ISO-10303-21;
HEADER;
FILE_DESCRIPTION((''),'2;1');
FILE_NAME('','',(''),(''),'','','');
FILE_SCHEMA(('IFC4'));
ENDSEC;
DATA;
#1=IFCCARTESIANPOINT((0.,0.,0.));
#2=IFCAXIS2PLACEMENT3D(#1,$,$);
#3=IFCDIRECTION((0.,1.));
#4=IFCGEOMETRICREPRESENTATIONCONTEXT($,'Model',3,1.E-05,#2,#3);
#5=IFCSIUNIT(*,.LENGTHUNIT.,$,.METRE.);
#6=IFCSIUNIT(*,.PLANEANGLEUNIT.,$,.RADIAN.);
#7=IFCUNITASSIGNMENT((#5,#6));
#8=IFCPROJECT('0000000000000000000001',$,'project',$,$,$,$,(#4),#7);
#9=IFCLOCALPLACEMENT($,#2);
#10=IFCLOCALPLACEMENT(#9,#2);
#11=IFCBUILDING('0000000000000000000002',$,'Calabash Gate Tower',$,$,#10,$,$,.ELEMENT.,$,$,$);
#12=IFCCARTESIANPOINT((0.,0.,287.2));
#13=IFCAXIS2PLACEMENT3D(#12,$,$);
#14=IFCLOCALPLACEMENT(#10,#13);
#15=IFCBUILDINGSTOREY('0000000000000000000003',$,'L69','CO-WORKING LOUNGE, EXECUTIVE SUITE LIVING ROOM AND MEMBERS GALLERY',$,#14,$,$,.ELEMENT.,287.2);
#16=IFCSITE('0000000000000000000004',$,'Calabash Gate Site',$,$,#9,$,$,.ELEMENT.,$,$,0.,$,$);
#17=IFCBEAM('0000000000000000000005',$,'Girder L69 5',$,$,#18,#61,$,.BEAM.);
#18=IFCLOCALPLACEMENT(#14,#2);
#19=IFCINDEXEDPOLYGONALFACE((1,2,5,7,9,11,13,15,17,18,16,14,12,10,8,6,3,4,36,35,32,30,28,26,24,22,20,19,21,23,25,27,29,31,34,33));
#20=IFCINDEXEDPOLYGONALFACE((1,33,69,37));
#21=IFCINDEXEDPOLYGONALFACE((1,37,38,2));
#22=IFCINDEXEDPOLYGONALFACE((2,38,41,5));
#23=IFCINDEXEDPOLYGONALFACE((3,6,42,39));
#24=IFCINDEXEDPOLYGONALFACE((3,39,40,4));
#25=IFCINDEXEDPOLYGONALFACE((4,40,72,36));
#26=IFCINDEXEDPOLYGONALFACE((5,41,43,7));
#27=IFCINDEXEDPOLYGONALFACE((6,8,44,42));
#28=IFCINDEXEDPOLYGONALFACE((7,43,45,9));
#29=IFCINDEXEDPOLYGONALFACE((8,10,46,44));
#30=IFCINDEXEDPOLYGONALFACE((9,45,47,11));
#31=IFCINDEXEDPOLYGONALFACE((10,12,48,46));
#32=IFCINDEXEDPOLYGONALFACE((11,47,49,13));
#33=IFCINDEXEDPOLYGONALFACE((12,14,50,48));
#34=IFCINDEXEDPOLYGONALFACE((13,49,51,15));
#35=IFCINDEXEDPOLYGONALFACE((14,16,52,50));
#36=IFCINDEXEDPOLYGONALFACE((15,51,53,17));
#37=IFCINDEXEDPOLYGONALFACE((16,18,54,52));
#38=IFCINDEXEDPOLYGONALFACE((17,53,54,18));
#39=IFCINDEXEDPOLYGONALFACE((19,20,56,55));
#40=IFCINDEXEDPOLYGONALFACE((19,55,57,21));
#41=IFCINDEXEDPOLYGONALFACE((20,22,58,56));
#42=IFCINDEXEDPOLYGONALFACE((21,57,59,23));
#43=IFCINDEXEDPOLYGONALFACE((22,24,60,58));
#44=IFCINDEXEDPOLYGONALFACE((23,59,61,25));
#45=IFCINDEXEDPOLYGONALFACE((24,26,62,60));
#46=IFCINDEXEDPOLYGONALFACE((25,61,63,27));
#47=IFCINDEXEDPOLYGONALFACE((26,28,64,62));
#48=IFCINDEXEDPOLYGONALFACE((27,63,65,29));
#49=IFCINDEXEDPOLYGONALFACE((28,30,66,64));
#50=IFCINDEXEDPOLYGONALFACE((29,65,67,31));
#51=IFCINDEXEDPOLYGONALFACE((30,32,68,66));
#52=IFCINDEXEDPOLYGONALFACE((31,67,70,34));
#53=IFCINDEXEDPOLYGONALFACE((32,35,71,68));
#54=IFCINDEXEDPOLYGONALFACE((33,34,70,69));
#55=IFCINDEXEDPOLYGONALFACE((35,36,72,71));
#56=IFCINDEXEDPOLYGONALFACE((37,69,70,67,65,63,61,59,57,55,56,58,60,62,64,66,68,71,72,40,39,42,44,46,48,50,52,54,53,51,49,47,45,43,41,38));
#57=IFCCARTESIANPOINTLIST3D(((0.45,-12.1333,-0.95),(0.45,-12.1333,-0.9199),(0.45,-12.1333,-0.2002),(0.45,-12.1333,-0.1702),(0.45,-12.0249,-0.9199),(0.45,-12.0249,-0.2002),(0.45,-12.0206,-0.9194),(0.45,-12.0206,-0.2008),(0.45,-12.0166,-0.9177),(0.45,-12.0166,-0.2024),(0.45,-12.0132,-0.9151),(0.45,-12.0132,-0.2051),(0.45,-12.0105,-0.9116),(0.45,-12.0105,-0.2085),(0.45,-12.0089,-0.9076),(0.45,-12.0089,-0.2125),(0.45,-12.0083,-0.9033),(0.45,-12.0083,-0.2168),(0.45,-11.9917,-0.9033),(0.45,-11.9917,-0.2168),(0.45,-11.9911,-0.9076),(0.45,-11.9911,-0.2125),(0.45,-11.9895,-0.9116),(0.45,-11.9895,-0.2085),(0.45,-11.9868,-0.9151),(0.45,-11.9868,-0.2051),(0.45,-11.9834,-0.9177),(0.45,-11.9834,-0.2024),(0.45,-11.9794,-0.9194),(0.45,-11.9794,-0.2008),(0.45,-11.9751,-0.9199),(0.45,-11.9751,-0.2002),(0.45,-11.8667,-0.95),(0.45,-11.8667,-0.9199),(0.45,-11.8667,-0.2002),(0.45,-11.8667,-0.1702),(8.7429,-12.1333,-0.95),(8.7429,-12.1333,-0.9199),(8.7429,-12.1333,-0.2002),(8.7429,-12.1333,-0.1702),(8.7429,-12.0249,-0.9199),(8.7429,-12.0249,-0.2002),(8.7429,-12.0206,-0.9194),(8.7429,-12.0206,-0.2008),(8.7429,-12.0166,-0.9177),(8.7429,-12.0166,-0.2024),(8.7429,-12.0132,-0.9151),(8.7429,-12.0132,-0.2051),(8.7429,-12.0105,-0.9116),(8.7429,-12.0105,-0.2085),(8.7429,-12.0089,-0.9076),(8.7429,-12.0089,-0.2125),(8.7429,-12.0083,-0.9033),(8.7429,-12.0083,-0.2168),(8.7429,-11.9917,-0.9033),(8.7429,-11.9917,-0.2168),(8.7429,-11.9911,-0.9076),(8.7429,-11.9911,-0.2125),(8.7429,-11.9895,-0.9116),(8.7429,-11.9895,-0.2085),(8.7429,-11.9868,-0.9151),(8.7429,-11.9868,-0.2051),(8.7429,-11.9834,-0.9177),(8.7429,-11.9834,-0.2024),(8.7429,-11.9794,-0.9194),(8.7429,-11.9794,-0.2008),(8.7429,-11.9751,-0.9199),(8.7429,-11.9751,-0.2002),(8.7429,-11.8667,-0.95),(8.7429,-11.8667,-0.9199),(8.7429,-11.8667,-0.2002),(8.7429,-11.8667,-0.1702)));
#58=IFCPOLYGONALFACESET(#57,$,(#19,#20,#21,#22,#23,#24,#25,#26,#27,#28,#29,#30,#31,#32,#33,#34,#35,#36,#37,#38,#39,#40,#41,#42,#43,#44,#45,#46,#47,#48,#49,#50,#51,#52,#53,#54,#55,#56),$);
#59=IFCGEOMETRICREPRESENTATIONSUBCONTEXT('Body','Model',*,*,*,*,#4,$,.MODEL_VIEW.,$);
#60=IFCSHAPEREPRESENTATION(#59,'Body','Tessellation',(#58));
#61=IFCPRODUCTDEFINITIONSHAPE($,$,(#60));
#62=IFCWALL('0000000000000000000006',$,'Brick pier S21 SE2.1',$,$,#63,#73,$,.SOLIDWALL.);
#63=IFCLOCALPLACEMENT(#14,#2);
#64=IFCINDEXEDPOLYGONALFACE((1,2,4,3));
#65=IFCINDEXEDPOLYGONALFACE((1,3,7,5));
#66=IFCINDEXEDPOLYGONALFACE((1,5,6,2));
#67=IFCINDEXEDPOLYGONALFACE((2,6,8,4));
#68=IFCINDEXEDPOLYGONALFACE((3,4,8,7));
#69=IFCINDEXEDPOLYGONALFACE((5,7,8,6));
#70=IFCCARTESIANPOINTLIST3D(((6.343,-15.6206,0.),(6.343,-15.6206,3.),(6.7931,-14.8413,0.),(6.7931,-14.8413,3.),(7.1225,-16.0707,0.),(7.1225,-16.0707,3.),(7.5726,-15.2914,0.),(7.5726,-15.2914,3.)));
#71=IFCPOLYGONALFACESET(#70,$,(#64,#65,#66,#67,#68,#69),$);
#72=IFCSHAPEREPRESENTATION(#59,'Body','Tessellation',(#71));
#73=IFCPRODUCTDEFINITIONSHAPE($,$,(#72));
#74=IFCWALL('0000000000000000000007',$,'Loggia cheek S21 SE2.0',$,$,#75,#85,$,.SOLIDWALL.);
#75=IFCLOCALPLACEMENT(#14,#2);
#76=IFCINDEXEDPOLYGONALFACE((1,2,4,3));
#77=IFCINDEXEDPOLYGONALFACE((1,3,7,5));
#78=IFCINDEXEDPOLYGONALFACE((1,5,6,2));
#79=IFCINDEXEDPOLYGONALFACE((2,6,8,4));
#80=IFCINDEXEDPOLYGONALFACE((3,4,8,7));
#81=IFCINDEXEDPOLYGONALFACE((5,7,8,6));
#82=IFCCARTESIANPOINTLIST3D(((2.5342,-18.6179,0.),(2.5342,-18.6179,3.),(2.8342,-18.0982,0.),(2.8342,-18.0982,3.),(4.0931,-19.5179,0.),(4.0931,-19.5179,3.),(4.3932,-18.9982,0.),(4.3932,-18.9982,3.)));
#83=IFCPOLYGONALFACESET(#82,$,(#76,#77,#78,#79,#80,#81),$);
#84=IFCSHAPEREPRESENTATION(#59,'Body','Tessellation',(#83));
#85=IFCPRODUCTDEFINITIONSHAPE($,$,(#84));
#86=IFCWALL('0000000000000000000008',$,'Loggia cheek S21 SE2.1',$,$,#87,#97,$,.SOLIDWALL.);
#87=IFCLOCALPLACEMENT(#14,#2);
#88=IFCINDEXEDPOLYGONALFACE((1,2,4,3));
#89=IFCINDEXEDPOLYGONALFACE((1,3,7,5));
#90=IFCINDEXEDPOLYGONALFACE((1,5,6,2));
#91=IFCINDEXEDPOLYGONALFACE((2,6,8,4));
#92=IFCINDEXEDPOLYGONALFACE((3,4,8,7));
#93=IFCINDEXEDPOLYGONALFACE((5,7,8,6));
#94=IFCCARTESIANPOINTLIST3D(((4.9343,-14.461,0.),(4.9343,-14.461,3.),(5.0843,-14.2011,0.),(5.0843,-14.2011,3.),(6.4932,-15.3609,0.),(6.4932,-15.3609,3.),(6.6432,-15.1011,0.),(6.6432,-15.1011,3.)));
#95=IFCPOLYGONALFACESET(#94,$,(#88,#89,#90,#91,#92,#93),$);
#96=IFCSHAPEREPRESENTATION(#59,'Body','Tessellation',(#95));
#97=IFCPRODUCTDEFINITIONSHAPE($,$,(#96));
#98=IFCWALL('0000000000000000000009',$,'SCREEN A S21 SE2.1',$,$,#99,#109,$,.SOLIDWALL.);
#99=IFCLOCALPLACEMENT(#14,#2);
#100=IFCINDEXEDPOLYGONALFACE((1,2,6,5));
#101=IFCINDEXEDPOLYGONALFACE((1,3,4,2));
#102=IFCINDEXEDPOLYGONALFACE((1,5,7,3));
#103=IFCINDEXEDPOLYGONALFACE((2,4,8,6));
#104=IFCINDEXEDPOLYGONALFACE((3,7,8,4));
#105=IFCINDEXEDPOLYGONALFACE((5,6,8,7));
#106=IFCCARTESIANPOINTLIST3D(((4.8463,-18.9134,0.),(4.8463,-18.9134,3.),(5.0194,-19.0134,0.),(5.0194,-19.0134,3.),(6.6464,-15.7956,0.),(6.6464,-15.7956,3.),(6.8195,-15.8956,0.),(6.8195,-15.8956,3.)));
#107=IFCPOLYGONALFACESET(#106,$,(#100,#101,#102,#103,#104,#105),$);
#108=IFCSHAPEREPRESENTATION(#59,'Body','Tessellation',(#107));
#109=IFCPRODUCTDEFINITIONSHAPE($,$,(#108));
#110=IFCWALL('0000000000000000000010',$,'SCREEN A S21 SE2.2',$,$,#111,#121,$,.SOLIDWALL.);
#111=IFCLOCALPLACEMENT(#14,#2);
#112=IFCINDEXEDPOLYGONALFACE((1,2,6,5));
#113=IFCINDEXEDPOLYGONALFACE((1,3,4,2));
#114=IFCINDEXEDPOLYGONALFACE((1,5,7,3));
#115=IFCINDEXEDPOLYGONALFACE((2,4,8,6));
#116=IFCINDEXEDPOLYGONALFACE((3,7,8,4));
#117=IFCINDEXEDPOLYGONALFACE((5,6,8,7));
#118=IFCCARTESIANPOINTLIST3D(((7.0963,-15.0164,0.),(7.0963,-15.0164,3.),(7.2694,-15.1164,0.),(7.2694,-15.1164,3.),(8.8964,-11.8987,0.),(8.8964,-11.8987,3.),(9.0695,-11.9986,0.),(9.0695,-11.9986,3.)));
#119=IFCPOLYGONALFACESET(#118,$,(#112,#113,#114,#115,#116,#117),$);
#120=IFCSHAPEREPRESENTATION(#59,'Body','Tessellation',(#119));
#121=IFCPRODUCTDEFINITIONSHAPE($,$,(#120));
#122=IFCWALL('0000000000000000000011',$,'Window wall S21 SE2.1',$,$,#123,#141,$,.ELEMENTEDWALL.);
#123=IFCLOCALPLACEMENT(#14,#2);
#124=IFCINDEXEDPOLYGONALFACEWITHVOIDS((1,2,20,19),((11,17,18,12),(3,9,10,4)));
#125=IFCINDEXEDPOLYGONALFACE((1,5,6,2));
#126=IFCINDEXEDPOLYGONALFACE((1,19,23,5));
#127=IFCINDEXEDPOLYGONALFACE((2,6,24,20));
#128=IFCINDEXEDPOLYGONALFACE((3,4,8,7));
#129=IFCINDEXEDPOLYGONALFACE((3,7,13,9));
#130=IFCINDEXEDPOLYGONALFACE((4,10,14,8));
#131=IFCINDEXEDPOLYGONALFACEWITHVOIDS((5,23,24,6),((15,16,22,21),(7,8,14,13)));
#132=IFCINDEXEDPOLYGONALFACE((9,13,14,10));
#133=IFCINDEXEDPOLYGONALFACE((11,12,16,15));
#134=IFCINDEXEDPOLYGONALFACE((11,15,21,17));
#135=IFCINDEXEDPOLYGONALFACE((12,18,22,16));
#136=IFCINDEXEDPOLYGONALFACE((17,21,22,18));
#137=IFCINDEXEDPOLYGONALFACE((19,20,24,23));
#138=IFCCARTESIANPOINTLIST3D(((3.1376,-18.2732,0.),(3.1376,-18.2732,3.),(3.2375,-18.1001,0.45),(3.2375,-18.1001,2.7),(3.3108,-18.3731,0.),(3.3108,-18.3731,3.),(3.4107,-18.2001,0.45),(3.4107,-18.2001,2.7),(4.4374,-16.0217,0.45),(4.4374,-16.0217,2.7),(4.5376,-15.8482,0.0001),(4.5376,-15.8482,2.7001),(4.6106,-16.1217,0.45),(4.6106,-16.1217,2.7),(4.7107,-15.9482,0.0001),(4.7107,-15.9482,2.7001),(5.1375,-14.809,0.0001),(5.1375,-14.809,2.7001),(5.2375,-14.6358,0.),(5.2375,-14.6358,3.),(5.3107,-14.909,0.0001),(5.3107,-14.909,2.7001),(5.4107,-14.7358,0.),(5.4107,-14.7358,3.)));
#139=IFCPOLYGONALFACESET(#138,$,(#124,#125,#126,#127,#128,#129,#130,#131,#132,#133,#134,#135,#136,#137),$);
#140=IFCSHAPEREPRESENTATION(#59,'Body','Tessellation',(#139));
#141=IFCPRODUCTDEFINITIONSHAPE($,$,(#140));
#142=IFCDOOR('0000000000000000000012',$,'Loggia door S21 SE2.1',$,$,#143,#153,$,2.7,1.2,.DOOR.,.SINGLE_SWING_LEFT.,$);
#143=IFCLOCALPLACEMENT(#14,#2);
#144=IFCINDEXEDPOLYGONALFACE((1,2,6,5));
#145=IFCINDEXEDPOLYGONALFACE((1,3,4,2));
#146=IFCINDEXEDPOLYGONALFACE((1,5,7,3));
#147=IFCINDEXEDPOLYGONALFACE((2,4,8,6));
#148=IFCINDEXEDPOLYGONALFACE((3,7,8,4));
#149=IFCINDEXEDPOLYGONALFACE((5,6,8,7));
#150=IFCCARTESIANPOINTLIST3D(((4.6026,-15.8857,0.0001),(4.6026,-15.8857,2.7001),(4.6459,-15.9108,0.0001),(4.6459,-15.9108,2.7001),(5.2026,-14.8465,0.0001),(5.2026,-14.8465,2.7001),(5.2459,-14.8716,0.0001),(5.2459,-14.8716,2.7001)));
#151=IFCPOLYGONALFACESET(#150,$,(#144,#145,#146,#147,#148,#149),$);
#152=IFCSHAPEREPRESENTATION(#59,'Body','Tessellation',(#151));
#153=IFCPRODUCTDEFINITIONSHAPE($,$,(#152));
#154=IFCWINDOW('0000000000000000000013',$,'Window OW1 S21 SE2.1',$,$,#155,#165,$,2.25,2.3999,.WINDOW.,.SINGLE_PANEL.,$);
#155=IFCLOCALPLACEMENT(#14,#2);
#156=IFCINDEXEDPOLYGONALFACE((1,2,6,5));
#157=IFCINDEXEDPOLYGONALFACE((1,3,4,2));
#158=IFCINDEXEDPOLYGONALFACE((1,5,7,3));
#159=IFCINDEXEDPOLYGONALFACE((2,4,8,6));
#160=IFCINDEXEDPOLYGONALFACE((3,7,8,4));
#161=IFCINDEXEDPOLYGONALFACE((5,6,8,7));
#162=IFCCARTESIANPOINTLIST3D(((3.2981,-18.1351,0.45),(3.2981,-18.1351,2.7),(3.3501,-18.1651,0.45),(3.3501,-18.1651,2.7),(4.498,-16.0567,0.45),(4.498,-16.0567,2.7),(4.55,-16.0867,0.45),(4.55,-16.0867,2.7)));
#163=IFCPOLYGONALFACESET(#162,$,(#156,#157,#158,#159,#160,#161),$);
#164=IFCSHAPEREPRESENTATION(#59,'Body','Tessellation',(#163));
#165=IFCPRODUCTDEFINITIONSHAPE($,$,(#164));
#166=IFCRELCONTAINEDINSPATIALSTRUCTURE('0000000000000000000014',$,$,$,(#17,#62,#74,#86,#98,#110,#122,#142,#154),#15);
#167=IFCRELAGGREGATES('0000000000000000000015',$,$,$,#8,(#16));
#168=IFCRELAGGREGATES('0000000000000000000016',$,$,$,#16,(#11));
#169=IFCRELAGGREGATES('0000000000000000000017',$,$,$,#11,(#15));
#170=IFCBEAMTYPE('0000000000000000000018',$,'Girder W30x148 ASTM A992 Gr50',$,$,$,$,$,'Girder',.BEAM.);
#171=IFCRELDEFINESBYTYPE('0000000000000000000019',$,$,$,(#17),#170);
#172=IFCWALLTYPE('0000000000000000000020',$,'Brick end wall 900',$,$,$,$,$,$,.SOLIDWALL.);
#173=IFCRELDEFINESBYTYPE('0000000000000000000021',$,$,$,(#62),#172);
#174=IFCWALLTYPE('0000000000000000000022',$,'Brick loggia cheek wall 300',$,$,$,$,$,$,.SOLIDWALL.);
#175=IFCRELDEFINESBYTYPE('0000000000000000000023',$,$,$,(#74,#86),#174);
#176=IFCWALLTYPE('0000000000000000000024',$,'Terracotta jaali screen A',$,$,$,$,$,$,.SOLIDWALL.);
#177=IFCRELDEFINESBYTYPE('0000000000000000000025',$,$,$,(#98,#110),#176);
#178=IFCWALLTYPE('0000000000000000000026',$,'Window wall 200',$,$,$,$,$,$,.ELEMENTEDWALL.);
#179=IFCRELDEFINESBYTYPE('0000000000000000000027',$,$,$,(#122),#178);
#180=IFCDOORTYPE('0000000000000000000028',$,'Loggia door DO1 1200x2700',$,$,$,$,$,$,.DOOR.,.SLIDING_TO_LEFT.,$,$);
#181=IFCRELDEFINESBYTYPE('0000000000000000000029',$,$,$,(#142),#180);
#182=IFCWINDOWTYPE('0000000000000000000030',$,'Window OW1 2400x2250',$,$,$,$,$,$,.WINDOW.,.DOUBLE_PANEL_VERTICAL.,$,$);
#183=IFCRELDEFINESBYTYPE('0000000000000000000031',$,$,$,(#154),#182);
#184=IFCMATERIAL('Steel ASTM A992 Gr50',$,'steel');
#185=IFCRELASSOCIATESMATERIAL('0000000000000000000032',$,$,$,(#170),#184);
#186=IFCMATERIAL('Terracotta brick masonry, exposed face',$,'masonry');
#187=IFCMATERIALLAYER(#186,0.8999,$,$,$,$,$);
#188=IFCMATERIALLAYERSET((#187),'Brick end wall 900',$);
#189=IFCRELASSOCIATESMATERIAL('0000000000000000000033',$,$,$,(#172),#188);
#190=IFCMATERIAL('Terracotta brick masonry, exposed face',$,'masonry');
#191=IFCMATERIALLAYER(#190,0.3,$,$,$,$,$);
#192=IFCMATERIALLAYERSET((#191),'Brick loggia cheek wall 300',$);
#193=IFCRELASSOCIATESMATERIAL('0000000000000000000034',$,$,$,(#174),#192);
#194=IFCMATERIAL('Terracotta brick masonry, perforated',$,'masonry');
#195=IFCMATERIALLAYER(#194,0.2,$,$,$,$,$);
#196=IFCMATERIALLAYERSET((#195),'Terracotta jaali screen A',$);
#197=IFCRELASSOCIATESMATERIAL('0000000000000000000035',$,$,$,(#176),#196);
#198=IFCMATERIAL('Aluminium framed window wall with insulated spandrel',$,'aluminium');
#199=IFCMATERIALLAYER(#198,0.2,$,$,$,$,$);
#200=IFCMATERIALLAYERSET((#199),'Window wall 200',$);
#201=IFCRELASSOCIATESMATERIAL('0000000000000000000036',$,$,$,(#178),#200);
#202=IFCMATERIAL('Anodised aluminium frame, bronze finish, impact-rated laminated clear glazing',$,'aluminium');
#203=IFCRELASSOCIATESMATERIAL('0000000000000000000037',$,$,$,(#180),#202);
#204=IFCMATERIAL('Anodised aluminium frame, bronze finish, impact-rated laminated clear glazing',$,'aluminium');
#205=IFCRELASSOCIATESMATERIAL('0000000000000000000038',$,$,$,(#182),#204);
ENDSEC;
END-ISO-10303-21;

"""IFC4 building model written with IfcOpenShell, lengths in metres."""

from ifc_helpers import new_model, si_unit, direction, frame, frame_2d, origin, origin_2d, place, context, subcontext, project, spatial, rectangle, i_section, extrude, material, layer, layer_set, material_profile, profile_set, type_object, element, fill, save


model = new_model("IFC4")

# Units and contexts
model_context = context("Model", 3, precision=1e-05, world=origin(), true_north=direction((0.0, 1.0)))
body_context = subcontext(model_context, "Body", "Model", "MODEL_VIEW")
ifc_project = project(units=[si_unit("LENGTHUNIT", "METRE"), si_unit("PLANEANGLEUNIT", "RADIAN")], contexts=[model_context])

# Site, building, storey
site_placement = place(None, origin())
site = spatial("IfcSite", under=ifc_project, at=site_placement, Name="Calabash Gate Site", CompositionType="ELEMENT", RefElevation=0.0)
building_placement = place(site_placement, origin())
building = spatial("IfcBuilding", under=site, at=building_placement, Name="Calabash Gate Tower", CompositionType="ELEMENT")
storey_placement = place(building_placement, frame((0.0, 0.0, 287.2)))
storey = spatial("IfcBuildingStorey", under=building, at=storey_placement, Name="L69", Description="CO-WORKING LOUNGE, EXECUTIVE SUITE LIVING ROOM AND MEMBERS GALLERY", CompositionType="ELEMENT", Elevation=287.2)

# Beam
ifc_material_1 = material(Name="Steel ASTM A992 Gr50", Category="steel")
ifc_material_profile_1 = material_profile(ifc_material_1, i_section(OverallWidth=0.2666, OverallDepth=0.7798, WebThickness=0.0166, FlangeThickness=0.03, FilletRadius=0.0166, at=origin_2d()))
ifc_profile_set_1 = profile_set([ifc_material_profile_1], Name="Steel ASTM A992 Gr50")
beam_type_1 = type_object("IfcBeamType", Name="Girder W30x148 ASTM A992 Gr50", ElementType="Girder", PredefinedType="BEAM", material=ifc_profile_set_1)
beam_1_placement = place(storey_placement, frame((0.45, -12.0, -0.5601), z_axis=(1.0, 0.0, 0.0), x_axis=(0.0, 1.0, 0.0)))
element("IfcBeam", 1, at=beam_1_placement, inside=storey, type_object=beam_type_1, Name="Girder L69 5", PredefinedType="BEAM", context=body_context, shape_type="SweptSolid", body=[
    extrude(i_section(OverallWidth=0.2666, OverallDepth=0.7798, WebThickness=0.0166, FlangeThickness=0.03, FilletRadius=0.0166, at=origin_2d()), origin(), (0.0, 0.0, 1.0), 8.293),
])

# Walls
ifc_material_2 = material(Name="Terracotta brick masonry, exposed face", Category="masonry")
ifc_layer_1 = layer(ifc_material_2, 0.8999)
ifc_layer_set_1 = layer_set([ifc_layer_1], Name="Brick end wall 900")
wall_type_1 = type_object("IfcWallType", Name="Brick end wall 900", PredefinedType="SOLIDWALL", material=ifc_layer_set_1)
wall_1_placement = place(storey_placement, frame((7.3477, -15.6812, 0.0), z_axis=(0.0, 0.0, 1.0), x_axis=(-0.865964, 0.500106, 0.0)))
element("IfcWall", 2, at=wall_1_placement, inside=storey, type_object=wall_type_1, Name="Brick pier S21 SE2.1", PredefinedType="SOLIDWALL", context=body_context, shape_type="SweptSolid", body=[
    extrude(rectangle(XDim=0.9001, YDim=0.8999, at=frame_2d((0.4502, 0.0))), origin(), (0.0, 0.0, 1.0), 3.0),
])
ifc_material_3 = material(Name="Terracotta brick masonry, exposed face", Category="masonry")
ifc_layer_2 = layer(ifc_material_3, 0.3)
ifc_layer_set_2 = layer_set([ifc_layer_2], Name="Brick loggia cheek wall 300")
wall_type_2 = type_object("IfcWallType", Name="Brick loggia cheek wall 300", PredefinedType="SOLIDWALL", material=ifc_layer_set_2)
wall_2_placement = place(storey_placement, frame((2.6843, -18.3582, 0.0), z_axis=(0.0, 0.0, 1.0), x_axis=(0.866048, -0.499961, 0.0)))
element("IfcWall", 3, at=wall_2_placement, inside=storey, type_object=wall_type_2, Name="Loggia cheek S21 SE2.0", PredefinedType="SOLIDWALL", context=body_context, shape_type="SweptSolid", body=[
    extrude(rectangle(XDim=1.8, YDim=0.6001, at=frame_2d((0.8999, 0.0))), origin(), (0.0, 0.0, 1.0), 3.0),
])
wall_3_placement = place(storey_placement, frame((6.5681, -15.231, 0.0), z_axis=(0.0, 0.0, 1.0), x_axis=(-0.866048, 0.499961, 0.0)))
element("IfcWall", 4, at=wall_3_placement, inside=storey, type_object=wall_type_2, Name="Loggia cheek S21 SE2.1", PredefinedType="SOLIDWALL", context=body_context, shape_type="SweptSolid", body=[
    extrude(rectangle(XDim=1.8, YDim=0.3, at=frame_2d((0.8999, 0.0))), origin(), (0.0, 0.0, 1.0), 3.0),
])
ifc_material_4 = material(Name="Terracotta brick masonry, perforated", Category="masonry")
ifc_layer_3 = layer(ifc_material_4, 0.2)
ifc_layer_set_3 = layer_set([ifc_layer_3], Name="Terracotta jaali screen A")
wall_type_3 = type_object("IfcWallType", Name="Terracotta jaali screen A", PredefinedType="SOLIDWALL", material=ifc_layer_set_3)
for number, where, z_axis, x_axis, name in (
    (5, (4.9329, -18.9634, 0.0), (0.0, 0.0, 1.0), (0.500012, 0.866018, 0.0), "SCREEN A S21 SE2.1"),
    (6, (7.1829, -15.0664, 0.0), (0.0, 0.0, 1.0), (0.500012, 0.866018, 0.0), "SCREEN A S21 SE2.2"),
):
    element("IfcWall", number, at=place(storey_placement, frame(where, z_axis=z_axis, x_axis=x_axis)), inside=storey, type_object=wall_type_3, Name=name, PredefinedType="SOLIDWALL", context=body_context, shape_type="SweptSolid", body=[
        extrude(rectangle(XDim=3.6001, YDim=0.2, at=frame_2d((1.8, 0.0))), origin(), (0.0, 0.0, 1.0), 3.0),
    ])

# Wall, openings, door, window
ifc_material_5 = material(Name="Aluminium framed window wall with insulated spandrel", Category="aluminium")
ifc_layer_4 = layer(ifc_material_5, 0.2)
ifc_layer_set_4 = layer_set([ifc_layer_4], Name="Window wall 200")
wall_type_4 = type_object("IfcWallType", Name="Window wall 200", PredefinedType="ELEMENTEDWALL", material=ifc_layer_set_4)
wall_4_placement = place(storey_placement, frame((3.2241, -18.3232, 0.0), z_axis=(0.0, 0.0, 1.0), x_axis=(0.499984, 0.866035, 0.0)))
wall_4 = element("IfcWall", 7, at=wall_4_placement, inside=storey, type_object=wall_type_4, Name="Window wall S21 SE2.1", PredefinedType="ELEMENTEDWALL", context=body_context, shape_type="SweptSolid", body=[
    extrude(rectangle(XDim=4.2, YDim=0.2, at=frame_2d((2.1001, 0.0))), origin(), (0.0, 0.0, 1.0), 3.0),
])
opening_1_placement = place(wall_4_placement, frame((0.2, 0.0, 0.45)))
opening_1 = element("IfcOpeningElement", 8, at=opening_1_placement, cuts=wall_4, PredefinedType="OPENING", context=body_context, shape_type="SweptSolid", body=[
    extrude(rectangle(XDim=2.3999, YDim=2.25, at=frame_2d((1.2, 1.125))), frame((0.0, 0.1099, 0.0), z_axis=(0.0, -1.0, 0.0), x_axis=(1.0, 0.0, 0.0)), (0.0, 0.0, 1.0), 0.22),
])
opening_2_placement = place(wall_4_placement, frame((2.8, 0.0, 0.0)))
opening_2 = element("IfcOpeningElement", 9, at=opening_2_placement, cuts=wall_4, PredefinedType="OPENING", context=body_context, shape_type="SweptSolid", body=[
    extrude(rectangle(XDim=1.2, YDim=2.7, at=frame_2d((0.6001, 1.3501))), frame((0.0, 0.1099, 0.0), z_axis=(0.0, -1.0, 0.0), x_axis=(1.0, 0.0, 0.0)), (0.0, 0.0, 1.0), 0.22),
])
ifc_material_6 = material(Name="Anodised aluminium frame, bronze finish, impact-rated laminated clear glazing", Category="aluminium")
door_type = type_object("IfcDoorType", Name="Loggia door DO1 1200x2700", OperationType="SLIDING_TO_LEFT", PredefinedType="DOOR", material=ifc_material_6)
door_placement = place(opening_2_placement, origin())
door = element("IfcDoor", 10, at=door_placement, inside=storey, type_object=door_type, Name="Loggia door S21 SE2.1", OperationType="SINGLE_SWING_LEFT", OverallHeight=2.7, OverallWidth=1.2, PredefinedType="DOOR", context=body_context, shape_type="SweptSolid", body=[
    extrude(rectangle(XDim=1.2, YDim=2.7, at=frame_2d((0.6001, 1.3501))), frame((0.0, 0.0249, 0.0), z_axis=(0.0, -1.0, 0.0), x_axis=(1.0, 0.0, 0.0)), (0.0, 0.0, 1.0), 0.05),
])
fill(opening_2, door)
ifc_material_7 = material(Name="Anodised aluminium frame, bronze finish, impact-rated laminated clear glazing", Category="aluminium")
window_type_1 = type_object("IfcWindowType", Name="Window OW1 2400x2250", PartitioningType="DOUBLE_PANEL_VERTICAL", PredefinedType="WINDOW", material=ifc_material_7)
window_1_placement = place(opening_1_placement, origin())
window_1 = element("IfcWindow", 11, at=window_1_placement, inside=storey, type_object=window_type_1, Name="Window OW1 S21 SE2.1", OverallHeight=2.25, OverallWidth=2.3999, PartitioningType="SINGLE_PANEL", PredefinedType="WINDOW", context=body_context, shape_type="SweptSolid", body=[
    extrude(rectangle(XDim=2.3999, YDim=2.25, at=frame_2d((1.2, 1.125))), frame((0.0, 0.03, 0.0), z_axis=(0.0, -1.0, 0.0), x_axis=(1.0, 0.0, 0.0)), (0.0, 0.0, 1.0), 0.0601),
])
fill(opening_1, window_1)

save(model, "model.ifc")
